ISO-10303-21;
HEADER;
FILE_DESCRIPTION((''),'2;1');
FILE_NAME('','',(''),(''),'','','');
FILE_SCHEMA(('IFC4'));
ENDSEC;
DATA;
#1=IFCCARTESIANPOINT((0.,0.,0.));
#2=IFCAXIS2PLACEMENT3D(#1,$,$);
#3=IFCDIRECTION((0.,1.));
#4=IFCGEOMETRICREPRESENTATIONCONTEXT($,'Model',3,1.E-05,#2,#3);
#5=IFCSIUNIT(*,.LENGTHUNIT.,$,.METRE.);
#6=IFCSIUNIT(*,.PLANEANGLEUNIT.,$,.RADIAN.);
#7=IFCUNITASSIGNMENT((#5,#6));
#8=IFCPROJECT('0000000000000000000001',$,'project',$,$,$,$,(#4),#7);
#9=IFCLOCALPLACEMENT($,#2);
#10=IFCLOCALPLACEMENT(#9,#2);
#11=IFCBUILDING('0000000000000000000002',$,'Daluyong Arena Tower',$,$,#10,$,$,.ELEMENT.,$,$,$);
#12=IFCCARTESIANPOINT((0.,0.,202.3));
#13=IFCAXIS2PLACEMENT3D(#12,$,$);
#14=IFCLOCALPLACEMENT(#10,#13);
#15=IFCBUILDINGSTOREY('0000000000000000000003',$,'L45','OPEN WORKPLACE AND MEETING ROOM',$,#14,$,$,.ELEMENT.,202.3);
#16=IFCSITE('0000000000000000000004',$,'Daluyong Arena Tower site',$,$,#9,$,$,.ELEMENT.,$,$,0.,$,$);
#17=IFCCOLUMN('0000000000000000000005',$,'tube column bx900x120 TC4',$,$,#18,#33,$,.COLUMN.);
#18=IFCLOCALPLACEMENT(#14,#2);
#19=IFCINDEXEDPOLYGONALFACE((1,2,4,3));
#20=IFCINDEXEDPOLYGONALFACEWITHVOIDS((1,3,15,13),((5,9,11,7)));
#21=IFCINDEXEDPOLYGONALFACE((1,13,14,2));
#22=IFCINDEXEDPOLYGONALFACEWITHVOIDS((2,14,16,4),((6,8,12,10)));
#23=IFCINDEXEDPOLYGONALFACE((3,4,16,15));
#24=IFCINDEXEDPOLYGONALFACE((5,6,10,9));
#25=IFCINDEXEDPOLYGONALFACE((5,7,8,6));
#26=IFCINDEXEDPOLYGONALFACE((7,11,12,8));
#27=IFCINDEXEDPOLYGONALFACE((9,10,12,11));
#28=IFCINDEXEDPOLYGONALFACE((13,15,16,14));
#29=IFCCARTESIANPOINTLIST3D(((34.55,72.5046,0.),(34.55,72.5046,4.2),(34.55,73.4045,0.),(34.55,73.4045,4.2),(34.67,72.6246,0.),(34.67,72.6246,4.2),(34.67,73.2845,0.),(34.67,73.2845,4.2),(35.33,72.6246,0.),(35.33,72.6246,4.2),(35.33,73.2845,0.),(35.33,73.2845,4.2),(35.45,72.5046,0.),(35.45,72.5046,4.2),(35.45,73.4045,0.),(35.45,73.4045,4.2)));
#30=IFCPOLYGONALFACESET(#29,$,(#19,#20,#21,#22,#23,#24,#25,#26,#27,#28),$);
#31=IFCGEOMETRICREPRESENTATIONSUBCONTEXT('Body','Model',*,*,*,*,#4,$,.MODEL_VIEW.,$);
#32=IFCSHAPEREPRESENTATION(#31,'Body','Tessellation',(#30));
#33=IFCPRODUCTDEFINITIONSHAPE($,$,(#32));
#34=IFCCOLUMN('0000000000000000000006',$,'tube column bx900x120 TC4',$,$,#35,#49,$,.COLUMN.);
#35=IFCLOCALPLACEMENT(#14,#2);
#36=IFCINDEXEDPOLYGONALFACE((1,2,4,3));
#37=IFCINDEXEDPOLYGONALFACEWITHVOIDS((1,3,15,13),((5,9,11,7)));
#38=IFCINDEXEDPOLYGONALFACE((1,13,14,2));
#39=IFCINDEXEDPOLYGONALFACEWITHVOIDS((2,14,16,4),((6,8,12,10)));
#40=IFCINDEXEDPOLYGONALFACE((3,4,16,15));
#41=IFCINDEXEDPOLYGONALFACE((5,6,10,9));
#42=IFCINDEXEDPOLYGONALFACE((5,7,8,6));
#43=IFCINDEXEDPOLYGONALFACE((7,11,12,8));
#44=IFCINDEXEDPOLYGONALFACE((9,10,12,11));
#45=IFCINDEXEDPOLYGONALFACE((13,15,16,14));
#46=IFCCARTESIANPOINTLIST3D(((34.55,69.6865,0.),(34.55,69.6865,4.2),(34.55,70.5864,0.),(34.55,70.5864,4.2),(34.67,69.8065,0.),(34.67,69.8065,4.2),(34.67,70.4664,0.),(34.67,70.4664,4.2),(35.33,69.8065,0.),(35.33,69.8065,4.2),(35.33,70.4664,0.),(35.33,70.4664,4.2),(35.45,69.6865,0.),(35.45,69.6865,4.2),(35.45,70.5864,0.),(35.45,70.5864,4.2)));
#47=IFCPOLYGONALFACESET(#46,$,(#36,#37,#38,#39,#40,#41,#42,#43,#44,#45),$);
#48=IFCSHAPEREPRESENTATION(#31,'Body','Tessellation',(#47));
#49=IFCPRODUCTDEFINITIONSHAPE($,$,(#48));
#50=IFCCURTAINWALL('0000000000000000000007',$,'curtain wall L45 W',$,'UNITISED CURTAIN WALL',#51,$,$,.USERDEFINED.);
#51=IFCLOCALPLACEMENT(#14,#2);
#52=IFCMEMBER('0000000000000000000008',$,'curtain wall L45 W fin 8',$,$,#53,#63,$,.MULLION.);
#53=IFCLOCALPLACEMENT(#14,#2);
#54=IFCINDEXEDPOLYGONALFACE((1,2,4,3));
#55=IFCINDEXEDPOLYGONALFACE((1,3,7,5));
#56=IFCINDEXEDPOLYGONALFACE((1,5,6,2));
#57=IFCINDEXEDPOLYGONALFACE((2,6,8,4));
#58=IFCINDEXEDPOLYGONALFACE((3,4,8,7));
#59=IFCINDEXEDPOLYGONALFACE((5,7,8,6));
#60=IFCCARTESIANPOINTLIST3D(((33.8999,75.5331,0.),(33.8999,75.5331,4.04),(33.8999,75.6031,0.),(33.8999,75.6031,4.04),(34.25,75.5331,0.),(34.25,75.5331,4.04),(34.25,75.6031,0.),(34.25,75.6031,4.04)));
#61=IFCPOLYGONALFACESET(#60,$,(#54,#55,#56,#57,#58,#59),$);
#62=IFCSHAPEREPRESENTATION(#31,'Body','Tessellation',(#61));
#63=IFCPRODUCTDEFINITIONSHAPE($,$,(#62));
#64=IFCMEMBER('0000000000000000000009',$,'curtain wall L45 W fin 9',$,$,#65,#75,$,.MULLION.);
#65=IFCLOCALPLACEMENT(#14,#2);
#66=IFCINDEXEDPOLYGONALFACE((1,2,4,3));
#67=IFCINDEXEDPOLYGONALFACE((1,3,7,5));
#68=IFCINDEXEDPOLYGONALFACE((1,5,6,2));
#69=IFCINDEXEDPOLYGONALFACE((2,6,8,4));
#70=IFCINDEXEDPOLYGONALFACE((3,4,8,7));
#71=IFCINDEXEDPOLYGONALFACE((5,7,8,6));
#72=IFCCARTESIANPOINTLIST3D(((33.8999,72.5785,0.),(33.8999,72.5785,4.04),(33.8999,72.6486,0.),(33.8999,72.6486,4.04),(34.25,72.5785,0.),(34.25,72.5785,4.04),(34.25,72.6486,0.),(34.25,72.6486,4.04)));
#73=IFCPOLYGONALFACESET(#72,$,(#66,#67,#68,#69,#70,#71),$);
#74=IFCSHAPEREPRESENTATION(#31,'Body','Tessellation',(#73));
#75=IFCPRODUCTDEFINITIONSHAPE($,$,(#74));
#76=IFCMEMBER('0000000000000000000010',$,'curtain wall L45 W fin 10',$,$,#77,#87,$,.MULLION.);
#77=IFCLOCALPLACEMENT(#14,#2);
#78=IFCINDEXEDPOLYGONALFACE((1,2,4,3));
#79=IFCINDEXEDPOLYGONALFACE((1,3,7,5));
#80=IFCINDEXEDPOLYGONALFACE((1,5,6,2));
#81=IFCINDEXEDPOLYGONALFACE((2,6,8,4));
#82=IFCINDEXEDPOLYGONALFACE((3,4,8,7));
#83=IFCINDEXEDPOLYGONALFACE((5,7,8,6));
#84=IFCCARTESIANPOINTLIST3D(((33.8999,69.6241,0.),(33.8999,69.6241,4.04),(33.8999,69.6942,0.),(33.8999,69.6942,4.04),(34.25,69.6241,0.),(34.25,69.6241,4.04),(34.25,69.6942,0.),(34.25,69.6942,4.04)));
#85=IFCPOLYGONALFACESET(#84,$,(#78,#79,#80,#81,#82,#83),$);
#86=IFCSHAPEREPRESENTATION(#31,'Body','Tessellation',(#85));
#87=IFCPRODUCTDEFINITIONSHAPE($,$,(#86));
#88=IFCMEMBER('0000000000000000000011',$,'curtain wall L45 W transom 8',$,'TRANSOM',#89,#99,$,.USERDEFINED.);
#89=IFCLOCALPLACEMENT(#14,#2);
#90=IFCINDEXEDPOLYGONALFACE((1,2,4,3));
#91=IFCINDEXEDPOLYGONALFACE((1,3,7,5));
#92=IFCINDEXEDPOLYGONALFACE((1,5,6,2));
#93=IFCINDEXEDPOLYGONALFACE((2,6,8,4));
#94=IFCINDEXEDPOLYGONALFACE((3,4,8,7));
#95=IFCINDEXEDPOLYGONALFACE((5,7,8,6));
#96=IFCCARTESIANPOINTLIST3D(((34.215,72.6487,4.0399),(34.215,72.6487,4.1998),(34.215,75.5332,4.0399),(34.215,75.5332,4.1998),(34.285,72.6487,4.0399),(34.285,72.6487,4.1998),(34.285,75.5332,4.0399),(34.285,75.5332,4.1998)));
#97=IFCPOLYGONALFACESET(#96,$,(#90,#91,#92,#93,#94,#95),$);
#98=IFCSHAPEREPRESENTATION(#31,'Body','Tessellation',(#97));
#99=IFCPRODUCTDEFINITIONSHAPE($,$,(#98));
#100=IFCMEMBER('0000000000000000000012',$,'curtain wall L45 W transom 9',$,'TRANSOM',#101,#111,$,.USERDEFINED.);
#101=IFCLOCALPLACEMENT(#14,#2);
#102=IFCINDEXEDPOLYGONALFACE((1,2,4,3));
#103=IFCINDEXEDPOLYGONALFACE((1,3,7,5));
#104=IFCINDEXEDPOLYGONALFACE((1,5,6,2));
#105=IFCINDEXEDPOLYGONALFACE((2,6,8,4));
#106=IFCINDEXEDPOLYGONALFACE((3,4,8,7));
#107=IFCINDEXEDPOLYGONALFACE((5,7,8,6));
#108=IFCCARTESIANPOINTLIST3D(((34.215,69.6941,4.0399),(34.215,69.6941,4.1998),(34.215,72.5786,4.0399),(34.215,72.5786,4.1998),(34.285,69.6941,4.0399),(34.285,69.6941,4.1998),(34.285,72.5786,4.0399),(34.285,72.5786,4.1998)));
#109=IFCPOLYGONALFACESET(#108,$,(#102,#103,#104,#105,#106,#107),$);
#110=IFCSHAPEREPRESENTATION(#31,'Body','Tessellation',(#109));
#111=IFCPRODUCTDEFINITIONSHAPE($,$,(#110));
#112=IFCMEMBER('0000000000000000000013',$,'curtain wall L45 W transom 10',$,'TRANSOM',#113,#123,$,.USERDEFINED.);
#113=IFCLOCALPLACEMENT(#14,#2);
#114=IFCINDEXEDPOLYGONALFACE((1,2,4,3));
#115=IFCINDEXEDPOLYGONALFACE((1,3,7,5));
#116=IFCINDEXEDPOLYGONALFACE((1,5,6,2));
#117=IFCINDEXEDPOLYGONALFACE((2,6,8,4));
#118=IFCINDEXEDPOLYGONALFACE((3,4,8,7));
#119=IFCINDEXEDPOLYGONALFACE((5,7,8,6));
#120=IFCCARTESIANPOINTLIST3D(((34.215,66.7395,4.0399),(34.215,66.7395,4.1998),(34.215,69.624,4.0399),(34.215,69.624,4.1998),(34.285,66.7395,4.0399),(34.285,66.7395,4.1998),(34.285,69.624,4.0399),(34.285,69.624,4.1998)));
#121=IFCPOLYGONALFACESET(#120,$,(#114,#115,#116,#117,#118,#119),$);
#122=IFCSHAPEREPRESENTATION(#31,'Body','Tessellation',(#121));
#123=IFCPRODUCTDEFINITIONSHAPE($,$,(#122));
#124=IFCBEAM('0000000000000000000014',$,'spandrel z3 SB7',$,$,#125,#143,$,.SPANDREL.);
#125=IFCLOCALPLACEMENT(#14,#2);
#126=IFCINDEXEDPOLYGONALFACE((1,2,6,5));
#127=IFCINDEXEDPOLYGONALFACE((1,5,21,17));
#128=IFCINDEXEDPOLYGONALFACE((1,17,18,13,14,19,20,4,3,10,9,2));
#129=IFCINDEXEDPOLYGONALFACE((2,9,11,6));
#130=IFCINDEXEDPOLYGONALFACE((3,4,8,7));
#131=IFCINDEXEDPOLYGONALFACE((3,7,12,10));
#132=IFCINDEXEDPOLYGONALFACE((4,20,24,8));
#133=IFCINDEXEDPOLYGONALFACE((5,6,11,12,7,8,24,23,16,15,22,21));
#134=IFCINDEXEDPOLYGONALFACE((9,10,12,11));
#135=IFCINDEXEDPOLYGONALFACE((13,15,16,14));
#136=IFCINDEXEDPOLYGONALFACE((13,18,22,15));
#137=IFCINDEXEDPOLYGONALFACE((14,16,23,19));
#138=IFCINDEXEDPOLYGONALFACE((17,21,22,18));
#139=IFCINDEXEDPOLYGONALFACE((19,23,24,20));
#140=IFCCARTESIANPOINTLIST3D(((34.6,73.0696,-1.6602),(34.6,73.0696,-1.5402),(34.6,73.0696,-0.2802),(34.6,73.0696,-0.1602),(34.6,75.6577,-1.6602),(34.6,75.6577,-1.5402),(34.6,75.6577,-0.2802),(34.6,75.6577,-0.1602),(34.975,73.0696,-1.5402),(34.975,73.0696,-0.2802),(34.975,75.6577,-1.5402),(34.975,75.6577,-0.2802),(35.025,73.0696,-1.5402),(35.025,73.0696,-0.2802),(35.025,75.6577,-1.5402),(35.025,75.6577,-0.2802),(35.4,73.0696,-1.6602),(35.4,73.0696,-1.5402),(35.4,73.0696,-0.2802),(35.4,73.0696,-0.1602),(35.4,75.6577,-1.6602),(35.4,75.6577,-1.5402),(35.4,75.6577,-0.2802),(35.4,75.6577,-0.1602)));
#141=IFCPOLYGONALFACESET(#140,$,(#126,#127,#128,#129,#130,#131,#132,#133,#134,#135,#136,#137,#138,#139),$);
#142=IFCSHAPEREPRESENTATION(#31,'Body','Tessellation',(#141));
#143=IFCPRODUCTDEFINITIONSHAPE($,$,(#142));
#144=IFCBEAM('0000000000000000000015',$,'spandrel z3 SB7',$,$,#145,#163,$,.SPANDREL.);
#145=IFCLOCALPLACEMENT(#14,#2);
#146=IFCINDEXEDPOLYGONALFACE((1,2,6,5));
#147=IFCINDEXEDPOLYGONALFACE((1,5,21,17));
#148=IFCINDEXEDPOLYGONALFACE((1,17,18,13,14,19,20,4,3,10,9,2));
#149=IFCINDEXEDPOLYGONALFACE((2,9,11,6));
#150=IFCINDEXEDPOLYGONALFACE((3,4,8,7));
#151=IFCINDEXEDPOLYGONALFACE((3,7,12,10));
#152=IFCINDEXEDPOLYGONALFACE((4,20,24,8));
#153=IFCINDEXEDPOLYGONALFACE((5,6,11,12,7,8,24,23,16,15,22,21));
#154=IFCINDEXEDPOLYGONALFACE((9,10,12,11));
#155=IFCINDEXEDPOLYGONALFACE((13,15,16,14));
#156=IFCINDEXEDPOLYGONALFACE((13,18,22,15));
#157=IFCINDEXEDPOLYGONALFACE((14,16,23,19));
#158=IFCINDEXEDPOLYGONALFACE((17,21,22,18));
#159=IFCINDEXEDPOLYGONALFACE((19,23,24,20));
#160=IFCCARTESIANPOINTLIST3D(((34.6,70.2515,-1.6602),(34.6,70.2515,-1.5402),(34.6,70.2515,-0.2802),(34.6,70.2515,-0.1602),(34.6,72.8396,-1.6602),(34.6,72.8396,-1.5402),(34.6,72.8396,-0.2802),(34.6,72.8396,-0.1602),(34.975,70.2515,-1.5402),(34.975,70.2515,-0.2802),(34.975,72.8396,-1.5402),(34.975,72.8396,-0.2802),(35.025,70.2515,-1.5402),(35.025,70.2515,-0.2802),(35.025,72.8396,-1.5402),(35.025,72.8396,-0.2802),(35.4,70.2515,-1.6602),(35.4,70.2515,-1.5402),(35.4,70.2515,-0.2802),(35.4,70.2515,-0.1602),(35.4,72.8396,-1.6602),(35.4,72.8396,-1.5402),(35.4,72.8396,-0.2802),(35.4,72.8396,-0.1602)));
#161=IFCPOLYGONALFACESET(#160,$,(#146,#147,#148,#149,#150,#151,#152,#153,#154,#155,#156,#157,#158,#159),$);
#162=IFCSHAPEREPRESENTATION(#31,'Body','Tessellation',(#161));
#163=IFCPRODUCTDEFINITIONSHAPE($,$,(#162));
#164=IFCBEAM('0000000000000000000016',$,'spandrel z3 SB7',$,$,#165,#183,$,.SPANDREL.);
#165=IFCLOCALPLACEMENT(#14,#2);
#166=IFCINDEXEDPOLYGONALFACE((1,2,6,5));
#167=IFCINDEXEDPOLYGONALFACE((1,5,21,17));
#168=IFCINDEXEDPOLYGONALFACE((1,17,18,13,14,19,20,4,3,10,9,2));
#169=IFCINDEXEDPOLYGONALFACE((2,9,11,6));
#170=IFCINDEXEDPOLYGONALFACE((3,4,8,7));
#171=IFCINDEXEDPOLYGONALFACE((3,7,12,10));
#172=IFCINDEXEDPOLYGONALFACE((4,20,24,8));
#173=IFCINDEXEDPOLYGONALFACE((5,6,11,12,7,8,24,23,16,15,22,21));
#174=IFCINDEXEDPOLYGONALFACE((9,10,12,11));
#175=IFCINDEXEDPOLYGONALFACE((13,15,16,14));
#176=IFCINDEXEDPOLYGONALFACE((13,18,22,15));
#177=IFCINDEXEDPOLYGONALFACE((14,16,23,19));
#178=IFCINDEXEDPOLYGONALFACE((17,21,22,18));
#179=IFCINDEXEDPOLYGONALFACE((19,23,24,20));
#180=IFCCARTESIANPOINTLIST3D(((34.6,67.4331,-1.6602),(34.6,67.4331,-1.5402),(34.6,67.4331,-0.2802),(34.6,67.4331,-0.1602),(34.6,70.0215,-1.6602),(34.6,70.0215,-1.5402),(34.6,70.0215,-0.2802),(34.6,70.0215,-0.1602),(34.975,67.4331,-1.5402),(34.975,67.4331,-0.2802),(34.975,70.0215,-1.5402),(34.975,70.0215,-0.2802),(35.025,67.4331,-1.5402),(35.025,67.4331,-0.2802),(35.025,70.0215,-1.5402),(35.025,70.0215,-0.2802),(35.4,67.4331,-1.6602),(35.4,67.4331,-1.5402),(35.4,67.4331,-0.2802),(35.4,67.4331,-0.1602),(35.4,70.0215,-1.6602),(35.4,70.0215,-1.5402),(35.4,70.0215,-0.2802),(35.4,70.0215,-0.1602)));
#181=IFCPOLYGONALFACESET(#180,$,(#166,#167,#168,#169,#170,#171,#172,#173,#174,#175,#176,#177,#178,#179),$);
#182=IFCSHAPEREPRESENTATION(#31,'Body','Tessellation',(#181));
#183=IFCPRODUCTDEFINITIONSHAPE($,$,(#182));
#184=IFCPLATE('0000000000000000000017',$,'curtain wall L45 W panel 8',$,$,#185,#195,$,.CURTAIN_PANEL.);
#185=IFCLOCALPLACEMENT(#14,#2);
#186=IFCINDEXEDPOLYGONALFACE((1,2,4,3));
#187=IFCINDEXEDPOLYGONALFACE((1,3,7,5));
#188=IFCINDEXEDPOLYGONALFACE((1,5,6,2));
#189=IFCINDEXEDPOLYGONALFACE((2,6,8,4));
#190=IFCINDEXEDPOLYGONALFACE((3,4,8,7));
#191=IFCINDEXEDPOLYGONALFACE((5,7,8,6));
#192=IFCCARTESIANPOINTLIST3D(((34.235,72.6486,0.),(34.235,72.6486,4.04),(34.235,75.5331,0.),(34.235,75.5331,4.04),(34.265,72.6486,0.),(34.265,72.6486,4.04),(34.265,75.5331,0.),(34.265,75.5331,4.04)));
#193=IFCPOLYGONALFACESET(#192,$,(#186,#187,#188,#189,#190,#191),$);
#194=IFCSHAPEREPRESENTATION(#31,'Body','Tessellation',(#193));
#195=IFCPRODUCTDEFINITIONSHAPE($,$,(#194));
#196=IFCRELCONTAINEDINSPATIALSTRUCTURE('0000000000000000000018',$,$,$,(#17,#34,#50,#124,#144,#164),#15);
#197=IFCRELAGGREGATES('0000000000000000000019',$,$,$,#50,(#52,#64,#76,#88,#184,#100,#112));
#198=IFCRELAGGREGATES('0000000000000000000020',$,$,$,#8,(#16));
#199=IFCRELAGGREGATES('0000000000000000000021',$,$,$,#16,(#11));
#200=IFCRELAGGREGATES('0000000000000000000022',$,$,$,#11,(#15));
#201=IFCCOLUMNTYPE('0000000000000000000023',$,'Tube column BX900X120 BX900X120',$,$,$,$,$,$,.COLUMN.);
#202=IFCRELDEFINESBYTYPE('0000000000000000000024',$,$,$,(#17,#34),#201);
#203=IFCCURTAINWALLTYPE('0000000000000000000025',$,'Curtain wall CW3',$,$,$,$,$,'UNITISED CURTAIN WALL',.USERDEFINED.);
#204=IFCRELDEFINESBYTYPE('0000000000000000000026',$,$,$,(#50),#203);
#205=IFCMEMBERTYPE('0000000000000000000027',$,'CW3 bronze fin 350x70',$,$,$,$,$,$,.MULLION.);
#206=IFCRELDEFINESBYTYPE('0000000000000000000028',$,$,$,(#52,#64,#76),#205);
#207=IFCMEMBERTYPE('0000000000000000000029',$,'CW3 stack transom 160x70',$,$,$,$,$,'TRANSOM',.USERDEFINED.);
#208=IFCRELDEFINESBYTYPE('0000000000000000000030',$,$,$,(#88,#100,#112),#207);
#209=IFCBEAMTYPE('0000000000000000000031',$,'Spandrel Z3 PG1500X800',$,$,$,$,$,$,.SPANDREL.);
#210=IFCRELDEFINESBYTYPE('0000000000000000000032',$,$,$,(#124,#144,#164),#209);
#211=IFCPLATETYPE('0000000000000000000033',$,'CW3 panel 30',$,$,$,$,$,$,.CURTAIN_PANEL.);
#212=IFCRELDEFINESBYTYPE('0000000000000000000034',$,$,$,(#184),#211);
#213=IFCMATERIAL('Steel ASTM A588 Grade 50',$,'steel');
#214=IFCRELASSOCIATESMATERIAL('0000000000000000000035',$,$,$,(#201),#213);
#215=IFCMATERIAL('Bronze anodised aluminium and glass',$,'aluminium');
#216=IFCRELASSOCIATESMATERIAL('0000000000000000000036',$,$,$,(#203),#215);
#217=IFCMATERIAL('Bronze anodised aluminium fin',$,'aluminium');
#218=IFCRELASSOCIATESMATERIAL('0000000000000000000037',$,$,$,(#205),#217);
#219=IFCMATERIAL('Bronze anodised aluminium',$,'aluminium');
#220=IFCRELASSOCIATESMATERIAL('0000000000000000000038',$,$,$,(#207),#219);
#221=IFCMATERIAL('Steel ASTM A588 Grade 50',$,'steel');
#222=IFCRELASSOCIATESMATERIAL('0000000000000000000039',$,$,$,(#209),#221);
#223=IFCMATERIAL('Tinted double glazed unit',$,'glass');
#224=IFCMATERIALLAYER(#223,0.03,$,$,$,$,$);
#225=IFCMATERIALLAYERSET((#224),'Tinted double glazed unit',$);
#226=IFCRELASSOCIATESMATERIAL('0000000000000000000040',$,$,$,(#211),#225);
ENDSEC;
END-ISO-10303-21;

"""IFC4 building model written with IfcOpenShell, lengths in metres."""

from ifc_helpers import new_model, si_unit, direction, frame, origin, origin_2d, place, context, subcontext, project, spatial, rectangle, hollow_rectangle, i_section, extrude, material, layer, layer_set, material_profile, profile_set, type_object, element, aggregate, save


model = new_model("IFC4")

# Units and contexts
model_context = context("Model", 3, precision=1e-05, world=origin(), true_north=direction((0.0, 1.0)))
body_context = subcontext(model_context, "Body", "Model", "MODEL_VIEW")
ifc_project = project(units=[si_unit("LENGTHUNIT", "METRE"), si_unit("PLANEANGLEUNIT", "RADIAN")], contexts=[model_context])

# Site, building, storey
site_placement = place(None, origin())
site = spatial("IfcSite", under=ifc_project, at=site_placement, Name="Daluyong Arena Tower site", CompositionType="ELEMENT", RefElevation=0.0)
building_placement = place(site_placement, origin())
building = spatial("IfcBuilding", under=site, at=building_placement, Name="Daluyong Arena Tower", CompositionType="ELEMENT")
storey_placement = place(building_placement, frame((0.0, 0.0, 202.3)))
storey = spatial("IfcBuildingStorey", under=building, at=storey_placement, Name="L45", Description="OPEN WORKPLACE AND MEETING ROOM", CompositionType="ELEMENT", Elevation=202.3)

# Columns
ifc_material_1 = material(Name="Steel ASTM A588 Grade 50", Category="steel")
ifc_material_profile_1 = material_profile(ifc_material_1, hollow_rectangle(XDim=0.8999, YDim=0.8999, WallThickness=0.12, at=origin_2d()))
ifc_profile_set_1 = profile_set([ifc_material_profile_1], Name="Steel ASTM A588 Grade 50")
column_type = type_object("IfcColumnType", Name="Tube column BX900X120 BX900X120", PredefinedType="COLUMN", material=ifc_profile_set_1)
for number, where, z_axis, x_axis, name in (
    (1, (35.0, 72.9546, 0.0), (0.0, 0.0, 1.0), (0.0, 1.0, 0.0), "tube column bx900x120 TC4"),
    (2, (35.0, 70.1365, 0.0), (0.0, 0.0, 1.0), (0.0, 1.0, 0.0), "tube column bx900x120 TC4"),
):
    element("IfcColumn", number, at=place(storey_placement, frame(where, z_axis=z_axis, x_axis=x_axis)), inside=storey, type_object=column_type, Name=name, PredefinedType="COLUMN", context=body_context, shape_type="SweptSolid", body=[
        extrude(hollow_rectangle(XDim=0.8999, YDim=0.8999, WallThickness=0.12, at=origin_2d()), origin(), (0.0, 0.0, 1.0), 4.2),
    ])

# Curtain wall, members
ifc_material_2 = material(Name="Bronze anodised aluminium and glass", Category="aluminium")
curtain_wall_type = type_object("IfcCurtainWallType", Name="Curtain wall CW3", ElementType="UNITISED CURTAIN WALL", PredefinedType="USERDEFINED", material=ifc_material_2)
curtain_wall_placement = place(storey_placement, origin())
curtain_wall = element("IfcCurtainWall", 3, at=curtain_wall_placement, inside=storey, type_object=curtain_wall_type, Name="curtain wall L45 W", ObjectType="UNITISED CURTAIN WALL", PredefinedType="USERDEFINED")
ifc_material_3 = material(Name="Bronze anodised aluminium fin", Category="aluminium")
ifc_material_profile_2 = material_profile(ifc_material_3, rectangle(XDim=0.3501, YDim=0.0701, at=origin_2d()))
ifc_profile_set_2 = profile_set([ifc_material_profile_2], Name="Bronze anodised aluminium fin")
member_type_1 = type_object("IfcMemberType", Name="CW3 bronze fin 350x70", PredefinedType="MULLION", material=ifc_profile_set_2)
member_1_placement = place(storey_placement, frame((34.075, 75.5681, 0.0), z_axis=(0.0, 0.0, 1.0), x_axis=(1.0, 0.0, 0.0)))
member_1 = element("IfcMember", 4, at=member_1_placement, type_object=member_type_1, Name="curtain wall L45 W fin 8", PredefinedType="MULLION", context=body_context, shape_type="SweptSolid", body=[
    extrude(rectangle(XDim=0.3501, YDim=0.0701, at=origin_2d()), origin(), (0.0, 0.0, 1.0), 4.04),
])
member_2_placement = place(storey_placement, frame((34.075, 72.6135, 0.0), z_axis=(0.0, 0.0, 1.0), x_axis=(1.0, 0.0, 0.0)))
member_2 = element("IfcMember", 5, at=member_2_placement, type_object=member_type_1, Name="curtain wall L45 W fin 9", PredefinedType="MULLION", context=body_context, shape_type="SweptSolid", body=[
    extrude(rectangle(XDim=0.3501, YDim=0.0701, at=origin_2d()), origin(), (0.0, 0.0, 1.0), 4.04),
])
member_3_placement = place(storey_placement, frame((34.075, 69.6592, 0.0), z_axis=(0.0, 0.0, 1.0), x_axis=(1.0, 0.0, 0.0)))
member_3 = element("IfcMember", 6, at=member_3_placement, type_object=member_type_1, Name="curtain wall L45 W fin 10", PredefinedType="MULLION", context=body_context, shape_type="SweptSolid", body=[
    extrude(rectangle(XDim=0.3501, YDim=0.0701, at=origin_2d()), origin(), (0.0, 0.0, 1.0), 4.04),
])
ifc_material_4 = material(Name="Bronze anodised aluminium", Category="aluminium")
ifc_material_profile_3 = material_profile(ifc_material_4, rectangle(XDim=0.0701, YDim=0.1599, at=origin_2d()))
ifc_profile_set_3 = profile_set([ifc_material_profile_3], Name="Bronze anodised aluminium")
member_type_2 = type_object("IfcMemberType", Name="CW3 stack transom 160x70", ElementType="TRANSOM", PredefinedType="USERDEFINED", material=ifc_profile_set_3)
member_4_placement = place(storey_placement, frame((34.25, 75.5332, 4.1199), z_axis=(0.0, -1.0, 0.0), x_axis=(1.0, 0.0, 0.0)))
member_4 = element("IfcMember", 7, at=member_4_placement, type_object=member_type_2, Name="curtain wall L45 W transom 8", ObjectType="TRANSOM", PredefinedType="USERDEFINED", context=body_context, shape_type="SweptSolid", body=[
    extrude(rectangle(XDim=0.0701, YDim=0.1599, at=origin_2d()), origin(), (0.0, 0.0, 1.0), 2.8845),
])
member_5_placement = place(storey_placement, frame((34.25, 72.5786, 4.1199), z_axis=(0.0, -1.0, 0.0), x_axis=(1.0, 0.0, 0.0)))
member_5 = element("IfcMember", 8, at=member_5_placement, type_object=member_type_2, Name="curtain wall L45 W transom 9", ObjectType="TRANSOM", PredefinedType="USERDEFINED", context=body_context, shape_type="SweptSolid", body=[
    extrude(rectangle(XDim=0.0701, YDim=0.1599, at=origin_2d()), origin(), (0.0, 0.0, 1.0), 2.8845),
])
member_6_placement = place(storey_placement, frame((34.25, 69.624, 4.1199), z_axis=(0.0, -1.0, 0.0), x_axis=(1.0, 0.0, 0.0)))
member_6 = element("IfcMember", 9, at=member_6_placement, type_object=member_type_2, Name="curtain wall L45 W transom 10", ObjectType="TRANSOM", PredefinedType="USERDEFINED", context=body_context, shape_type="SweptSolid", body=[
    extrude(rectangle(XDim=0.0701, YDim=0.1599, at=origin_2d()), origin(), (0.0, 0.0, 1.0), 2.8845),
])

# Beams
ifc_material_5 = material(Name="Steel ASTM A588 Grade 50", Category="steel")
ifc_material_profile_4 = material_profile(ifc_material_5, i_section(OverallWidth=0.8, OverallDepth=1.5, WebThickness=0.05, FlangeThickness=0.12, at=origin_2d()))
ifc_profile_set_4 = profile_set([ifc_material_profile_4], Name="Steel ASTM A588 Grade 50")
beam_type = type_object("IfcBeamType", Name="Spandrel Z3 PG1500X800", PredefinedType="SPANDREL", material=ifc_profile_set_4)
for number, where, z_axis, x_axis, name in (
    (10, (35.0, 75.6577, -0.9102), (0.0, -1.0, 0.0), (1.0, 0.0, 0.0), "spandrel z3 SB7"),
    (11, (35.0, 72.8396, -0.9102), (0.0, -1.0, 0.0), (1.0, 0.0, 0.0), "spandrel z3 SB7"),
):
    element("IfcBeam", number, at=place(storey_placement, frame(where, z_axis=z_axis, x_axis=x_axis)), inside=storey, type_object=beam_type, Name=name, PredefinedType="SPANDREL", context=body_context, shape_type="SweptSolid", body=[
        extrude(i_section(OverallWidth=0.8, OverallDepth=1.5, WebThickness=0.05, FlangeThickness=0.12, at=origin_2d()), origin(), (0.0, 0.0, 1.0), 2.5881),
    ])
beam_placement = place(storey_placement, frame((35.0, 70.0215, -0.9102), z_axis=(0.0, -1.0, 0.0), x_axis=(1.0, 0.0, 0.0)))
element("IfcBeam", 12, at=beam_placement, inside=storey, type_object=beam_type, Name="spandrel z3 SB7", PredefinedType="SPANDREL", context=body_context, shape_type="SweptSolid", body=[
    extrude(i_section(OverallWidth=0.8, OverallDepth=1.5, WebThickness=0.05, FlangeThickness=0.12, at=origin_2d()), origin(), (0.0, 0.0, 1.0), 2.5884),
])

# Plate
ifc_material_6 = material(Name="Tinted double glazed unit", Category="glass")
ifc_layer = layer(ifc_material_6, 0.03)
ifc_layer_set = layer_set([ifc_layer], Name="Tinted double glazed unit")
plate_type = type_object("IfcPlateType", Name="CW3 panel 30", PredefinedType="CURTAIN_PANEL", material=ifc_layer_set)
plate_1_placement = place(storey_placement, frame((34.25, 74.0908, 0.0), z_axis=(0.0, 0.0, 1.0), x_axis=(0.0, -1.0, 0.0)))
plate_1 = element("IfcPlate", 13, at=plate_1_placement, type_object=plate_type, Name="curtain wall L45 W panel 8", PredefinedType="CURTAIN_PANEL", context=body_context, shape_type="SweptSolid", body=[
    extrude(rectangle(XDim=2.8845, YDim=0.03, at=origin_2d()), origin(), (0.0, 0.0, 1.0), 4.04),
])
aggregate(curtain_wall, [member_1, member_2, member_3, member_4, plate_1, member_5, member_6])

save(model, "model.ifc")
